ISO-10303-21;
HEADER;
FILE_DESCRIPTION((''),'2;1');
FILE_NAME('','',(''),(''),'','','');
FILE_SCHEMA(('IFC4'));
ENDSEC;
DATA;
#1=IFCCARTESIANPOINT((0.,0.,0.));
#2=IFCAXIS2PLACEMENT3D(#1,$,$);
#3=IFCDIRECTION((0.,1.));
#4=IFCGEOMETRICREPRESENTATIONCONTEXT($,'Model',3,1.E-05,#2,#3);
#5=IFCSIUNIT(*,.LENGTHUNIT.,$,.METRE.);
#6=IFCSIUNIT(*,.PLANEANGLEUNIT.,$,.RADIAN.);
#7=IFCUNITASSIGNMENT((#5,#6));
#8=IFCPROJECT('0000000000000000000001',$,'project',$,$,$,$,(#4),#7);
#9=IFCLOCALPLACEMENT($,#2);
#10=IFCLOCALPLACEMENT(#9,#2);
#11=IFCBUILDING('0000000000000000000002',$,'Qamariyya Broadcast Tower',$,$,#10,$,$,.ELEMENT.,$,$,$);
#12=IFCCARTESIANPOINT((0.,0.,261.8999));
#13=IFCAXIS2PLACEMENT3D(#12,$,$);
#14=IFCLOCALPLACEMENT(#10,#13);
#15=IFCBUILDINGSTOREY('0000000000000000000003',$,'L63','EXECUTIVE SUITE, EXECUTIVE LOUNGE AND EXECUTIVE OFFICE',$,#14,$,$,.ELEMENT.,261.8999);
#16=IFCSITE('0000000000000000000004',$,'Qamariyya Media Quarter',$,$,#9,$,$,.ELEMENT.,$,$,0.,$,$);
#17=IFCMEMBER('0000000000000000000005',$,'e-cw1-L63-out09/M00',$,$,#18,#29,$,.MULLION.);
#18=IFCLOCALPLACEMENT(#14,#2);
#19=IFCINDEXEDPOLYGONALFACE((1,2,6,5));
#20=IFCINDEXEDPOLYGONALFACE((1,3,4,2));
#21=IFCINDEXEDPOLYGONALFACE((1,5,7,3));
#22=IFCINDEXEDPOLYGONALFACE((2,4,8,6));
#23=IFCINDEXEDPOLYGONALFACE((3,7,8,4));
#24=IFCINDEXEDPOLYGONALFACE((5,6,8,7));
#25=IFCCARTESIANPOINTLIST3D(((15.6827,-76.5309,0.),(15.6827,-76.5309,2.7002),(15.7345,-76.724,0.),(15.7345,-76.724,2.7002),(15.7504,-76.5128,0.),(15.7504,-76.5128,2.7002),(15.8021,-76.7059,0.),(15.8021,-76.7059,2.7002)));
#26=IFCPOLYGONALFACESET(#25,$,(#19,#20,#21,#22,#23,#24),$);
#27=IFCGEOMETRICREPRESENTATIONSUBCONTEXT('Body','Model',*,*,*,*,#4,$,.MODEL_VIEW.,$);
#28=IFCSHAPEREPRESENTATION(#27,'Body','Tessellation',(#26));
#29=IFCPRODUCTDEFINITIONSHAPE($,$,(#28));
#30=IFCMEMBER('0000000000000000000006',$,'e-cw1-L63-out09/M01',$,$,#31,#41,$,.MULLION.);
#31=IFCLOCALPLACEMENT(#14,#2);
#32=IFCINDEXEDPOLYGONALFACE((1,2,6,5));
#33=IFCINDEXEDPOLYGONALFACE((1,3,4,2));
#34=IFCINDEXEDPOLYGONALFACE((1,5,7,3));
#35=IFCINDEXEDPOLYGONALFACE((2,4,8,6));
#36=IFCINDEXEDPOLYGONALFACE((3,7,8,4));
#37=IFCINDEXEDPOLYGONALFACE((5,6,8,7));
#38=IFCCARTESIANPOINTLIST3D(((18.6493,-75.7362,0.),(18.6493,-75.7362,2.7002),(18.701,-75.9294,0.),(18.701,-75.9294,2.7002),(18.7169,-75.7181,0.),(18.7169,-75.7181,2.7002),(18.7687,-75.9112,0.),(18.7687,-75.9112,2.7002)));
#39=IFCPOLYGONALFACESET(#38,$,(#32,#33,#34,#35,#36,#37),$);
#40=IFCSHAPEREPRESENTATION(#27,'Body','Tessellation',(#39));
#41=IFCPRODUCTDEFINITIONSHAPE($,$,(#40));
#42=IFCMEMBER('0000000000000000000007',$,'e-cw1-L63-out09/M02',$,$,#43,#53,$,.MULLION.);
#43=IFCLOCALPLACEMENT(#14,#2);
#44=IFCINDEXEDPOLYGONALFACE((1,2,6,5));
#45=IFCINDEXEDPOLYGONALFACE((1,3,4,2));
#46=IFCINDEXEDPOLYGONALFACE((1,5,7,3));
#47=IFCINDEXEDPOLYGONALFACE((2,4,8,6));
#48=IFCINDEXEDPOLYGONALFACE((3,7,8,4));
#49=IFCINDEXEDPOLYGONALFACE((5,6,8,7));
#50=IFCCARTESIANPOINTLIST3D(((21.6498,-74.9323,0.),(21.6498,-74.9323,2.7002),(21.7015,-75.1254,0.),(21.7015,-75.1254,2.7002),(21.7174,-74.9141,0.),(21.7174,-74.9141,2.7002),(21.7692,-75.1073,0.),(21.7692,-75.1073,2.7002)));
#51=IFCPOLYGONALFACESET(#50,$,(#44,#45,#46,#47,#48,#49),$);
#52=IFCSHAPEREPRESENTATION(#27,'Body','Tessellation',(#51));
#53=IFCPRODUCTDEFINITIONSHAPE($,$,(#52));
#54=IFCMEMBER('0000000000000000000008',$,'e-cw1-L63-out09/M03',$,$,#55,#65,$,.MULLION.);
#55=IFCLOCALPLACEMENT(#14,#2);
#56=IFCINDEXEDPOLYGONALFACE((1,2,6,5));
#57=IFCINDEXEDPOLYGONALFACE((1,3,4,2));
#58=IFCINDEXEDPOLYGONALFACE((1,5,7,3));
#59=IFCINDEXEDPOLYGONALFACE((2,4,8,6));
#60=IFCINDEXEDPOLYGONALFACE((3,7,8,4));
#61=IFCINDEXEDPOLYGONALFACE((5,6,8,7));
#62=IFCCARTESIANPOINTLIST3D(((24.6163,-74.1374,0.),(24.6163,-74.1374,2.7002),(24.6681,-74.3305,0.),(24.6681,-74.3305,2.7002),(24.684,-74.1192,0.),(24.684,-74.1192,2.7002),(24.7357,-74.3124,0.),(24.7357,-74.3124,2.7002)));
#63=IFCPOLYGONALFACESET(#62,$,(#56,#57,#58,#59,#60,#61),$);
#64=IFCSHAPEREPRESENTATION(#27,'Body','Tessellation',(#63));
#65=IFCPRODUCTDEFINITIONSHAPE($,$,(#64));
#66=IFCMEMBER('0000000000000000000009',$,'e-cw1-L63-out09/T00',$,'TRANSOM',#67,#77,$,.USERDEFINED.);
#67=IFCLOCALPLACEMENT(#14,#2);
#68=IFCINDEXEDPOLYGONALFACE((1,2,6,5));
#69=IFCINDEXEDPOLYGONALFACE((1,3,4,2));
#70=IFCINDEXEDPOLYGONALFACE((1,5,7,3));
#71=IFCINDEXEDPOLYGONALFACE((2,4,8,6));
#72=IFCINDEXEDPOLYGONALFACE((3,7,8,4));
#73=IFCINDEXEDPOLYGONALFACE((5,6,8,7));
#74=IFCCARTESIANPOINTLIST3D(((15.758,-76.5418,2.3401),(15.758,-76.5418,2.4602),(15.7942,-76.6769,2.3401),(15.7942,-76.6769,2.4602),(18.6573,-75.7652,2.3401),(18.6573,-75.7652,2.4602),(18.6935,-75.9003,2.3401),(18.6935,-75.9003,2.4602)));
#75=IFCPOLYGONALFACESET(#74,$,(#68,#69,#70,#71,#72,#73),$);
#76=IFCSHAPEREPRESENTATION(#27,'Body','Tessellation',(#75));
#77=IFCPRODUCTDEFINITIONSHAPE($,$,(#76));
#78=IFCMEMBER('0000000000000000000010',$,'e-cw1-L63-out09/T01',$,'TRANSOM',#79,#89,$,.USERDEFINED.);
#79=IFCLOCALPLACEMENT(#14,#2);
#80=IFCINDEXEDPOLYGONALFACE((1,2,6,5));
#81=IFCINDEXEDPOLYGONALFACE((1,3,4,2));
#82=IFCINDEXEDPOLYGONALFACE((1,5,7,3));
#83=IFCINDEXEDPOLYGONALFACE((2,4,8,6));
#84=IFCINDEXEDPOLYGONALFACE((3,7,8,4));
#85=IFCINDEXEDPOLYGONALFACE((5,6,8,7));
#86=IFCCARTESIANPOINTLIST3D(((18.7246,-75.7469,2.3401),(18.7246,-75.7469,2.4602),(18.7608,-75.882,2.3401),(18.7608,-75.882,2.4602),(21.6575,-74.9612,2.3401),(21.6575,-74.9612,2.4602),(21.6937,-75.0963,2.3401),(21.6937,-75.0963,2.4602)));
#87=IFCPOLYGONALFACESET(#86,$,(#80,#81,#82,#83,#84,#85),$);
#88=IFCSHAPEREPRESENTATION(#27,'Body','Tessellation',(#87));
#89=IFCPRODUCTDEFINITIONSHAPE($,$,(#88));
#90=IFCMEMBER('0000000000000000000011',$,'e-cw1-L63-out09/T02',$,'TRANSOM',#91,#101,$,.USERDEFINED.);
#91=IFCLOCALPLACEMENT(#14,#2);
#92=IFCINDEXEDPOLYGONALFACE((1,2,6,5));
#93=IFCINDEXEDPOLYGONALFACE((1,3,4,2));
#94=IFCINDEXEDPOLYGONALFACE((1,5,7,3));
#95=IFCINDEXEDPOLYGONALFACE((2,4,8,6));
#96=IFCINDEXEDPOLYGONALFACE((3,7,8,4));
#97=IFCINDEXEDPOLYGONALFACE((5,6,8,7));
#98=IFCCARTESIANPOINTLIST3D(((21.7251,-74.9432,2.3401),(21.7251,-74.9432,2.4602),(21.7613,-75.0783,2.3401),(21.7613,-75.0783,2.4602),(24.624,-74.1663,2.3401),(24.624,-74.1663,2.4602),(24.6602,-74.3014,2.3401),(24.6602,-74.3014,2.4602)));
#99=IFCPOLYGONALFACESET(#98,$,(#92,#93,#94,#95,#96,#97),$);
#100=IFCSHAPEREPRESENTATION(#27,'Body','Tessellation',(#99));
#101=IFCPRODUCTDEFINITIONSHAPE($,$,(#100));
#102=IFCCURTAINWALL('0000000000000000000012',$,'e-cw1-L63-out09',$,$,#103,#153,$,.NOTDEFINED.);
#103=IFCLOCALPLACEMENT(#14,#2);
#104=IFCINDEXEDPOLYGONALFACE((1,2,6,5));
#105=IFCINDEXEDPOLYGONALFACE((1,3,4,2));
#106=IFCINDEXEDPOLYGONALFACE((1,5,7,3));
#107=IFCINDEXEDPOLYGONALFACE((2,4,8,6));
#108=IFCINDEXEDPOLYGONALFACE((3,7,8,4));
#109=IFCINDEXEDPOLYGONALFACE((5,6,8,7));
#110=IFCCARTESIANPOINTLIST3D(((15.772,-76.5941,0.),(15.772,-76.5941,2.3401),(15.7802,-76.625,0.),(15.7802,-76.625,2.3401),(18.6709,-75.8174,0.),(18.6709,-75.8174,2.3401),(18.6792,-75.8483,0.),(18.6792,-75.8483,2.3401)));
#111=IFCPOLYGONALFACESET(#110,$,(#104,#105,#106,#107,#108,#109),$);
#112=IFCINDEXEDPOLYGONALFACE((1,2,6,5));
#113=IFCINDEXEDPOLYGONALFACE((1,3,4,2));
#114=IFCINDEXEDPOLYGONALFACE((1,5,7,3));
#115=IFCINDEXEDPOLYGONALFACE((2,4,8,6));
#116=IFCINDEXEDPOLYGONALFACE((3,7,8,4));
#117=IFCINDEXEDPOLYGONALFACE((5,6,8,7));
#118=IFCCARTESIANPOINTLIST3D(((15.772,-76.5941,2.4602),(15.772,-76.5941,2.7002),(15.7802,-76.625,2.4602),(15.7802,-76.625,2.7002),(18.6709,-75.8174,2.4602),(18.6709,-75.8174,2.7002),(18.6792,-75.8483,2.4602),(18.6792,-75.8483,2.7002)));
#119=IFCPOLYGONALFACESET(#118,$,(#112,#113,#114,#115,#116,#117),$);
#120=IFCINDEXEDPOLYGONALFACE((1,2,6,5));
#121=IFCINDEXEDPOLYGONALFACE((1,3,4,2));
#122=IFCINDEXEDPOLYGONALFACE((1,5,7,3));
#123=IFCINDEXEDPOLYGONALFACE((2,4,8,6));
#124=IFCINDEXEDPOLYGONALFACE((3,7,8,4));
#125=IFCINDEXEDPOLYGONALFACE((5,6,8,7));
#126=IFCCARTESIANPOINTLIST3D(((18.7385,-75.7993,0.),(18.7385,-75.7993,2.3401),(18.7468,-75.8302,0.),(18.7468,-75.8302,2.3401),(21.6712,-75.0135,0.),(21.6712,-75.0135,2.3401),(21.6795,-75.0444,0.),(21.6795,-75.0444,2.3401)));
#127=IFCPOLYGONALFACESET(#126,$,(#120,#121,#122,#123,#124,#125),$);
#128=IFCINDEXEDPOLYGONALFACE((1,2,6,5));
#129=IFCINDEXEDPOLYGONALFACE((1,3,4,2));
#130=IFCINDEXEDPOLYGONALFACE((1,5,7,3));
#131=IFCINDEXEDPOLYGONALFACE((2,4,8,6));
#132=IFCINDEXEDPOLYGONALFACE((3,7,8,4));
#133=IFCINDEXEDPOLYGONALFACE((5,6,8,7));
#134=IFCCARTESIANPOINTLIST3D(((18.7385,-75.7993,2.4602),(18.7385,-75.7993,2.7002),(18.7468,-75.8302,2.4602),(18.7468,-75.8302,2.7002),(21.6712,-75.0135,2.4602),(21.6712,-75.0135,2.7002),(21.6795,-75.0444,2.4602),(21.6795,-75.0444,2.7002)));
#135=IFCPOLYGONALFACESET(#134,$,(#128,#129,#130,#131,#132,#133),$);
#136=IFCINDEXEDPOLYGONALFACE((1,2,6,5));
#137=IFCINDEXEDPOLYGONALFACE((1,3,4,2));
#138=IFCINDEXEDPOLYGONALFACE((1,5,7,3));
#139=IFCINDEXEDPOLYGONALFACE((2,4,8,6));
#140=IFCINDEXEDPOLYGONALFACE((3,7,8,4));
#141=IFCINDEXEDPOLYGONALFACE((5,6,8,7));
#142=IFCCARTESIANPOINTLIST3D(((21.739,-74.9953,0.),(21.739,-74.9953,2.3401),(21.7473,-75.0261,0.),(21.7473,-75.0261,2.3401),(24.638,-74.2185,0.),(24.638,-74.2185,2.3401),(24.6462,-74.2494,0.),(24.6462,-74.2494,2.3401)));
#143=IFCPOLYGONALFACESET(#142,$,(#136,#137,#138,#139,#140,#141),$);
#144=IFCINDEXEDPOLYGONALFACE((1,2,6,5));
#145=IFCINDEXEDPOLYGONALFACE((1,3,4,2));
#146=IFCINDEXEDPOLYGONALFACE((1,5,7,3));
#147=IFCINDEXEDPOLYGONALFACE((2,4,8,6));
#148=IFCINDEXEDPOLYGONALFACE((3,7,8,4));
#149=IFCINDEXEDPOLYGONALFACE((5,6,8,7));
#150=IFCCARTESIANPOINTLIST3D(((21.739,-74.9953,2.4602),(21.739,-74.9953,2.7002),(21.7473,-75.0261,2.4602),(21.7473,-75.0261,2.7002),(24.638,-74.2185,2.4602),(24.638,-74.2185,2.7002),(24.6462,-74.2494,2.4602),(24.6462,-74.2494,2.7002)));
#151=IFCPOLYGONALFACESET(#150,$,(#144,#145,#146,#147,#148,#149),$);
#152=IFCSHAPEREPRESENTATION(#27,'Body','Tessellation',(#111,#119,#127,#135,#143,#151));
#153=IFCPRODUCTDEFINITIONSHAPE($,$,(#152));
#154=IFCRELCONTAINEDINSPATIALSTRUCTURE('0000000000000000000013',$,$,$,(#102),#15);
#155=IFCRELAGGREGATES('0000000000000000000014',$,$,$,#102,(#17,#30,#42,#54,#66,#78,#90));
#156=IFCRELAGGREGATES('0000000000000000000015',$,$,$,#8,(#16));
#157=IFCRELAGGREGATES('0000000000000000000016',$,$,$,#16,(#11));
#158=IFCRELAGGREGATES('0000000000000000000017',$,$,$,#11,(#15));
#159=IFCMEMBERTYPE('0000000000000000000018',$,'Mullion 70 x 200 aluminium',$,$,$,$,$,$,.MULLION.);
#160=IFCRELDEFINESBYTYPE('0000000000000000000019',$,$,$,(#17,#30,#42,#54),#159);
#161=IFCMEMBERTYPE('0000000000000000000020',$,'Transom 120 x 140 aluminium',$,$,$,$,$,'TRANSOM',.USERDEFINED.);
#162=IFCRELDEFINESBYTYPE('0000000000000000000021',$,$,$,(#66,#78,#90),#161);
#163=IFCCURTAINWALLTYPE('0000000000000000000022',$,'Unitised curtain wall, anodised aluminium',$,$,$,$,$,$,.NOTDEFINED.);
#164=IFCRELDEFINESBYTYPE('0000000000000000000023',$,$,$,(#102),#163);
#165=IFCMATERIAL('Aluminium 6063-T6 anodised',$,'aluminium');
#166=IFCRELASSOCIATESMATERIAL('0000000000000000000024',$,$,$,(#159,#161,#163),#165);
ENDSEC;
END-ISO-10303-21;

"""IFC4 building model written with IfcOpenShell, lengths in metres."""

from ifc_helpers import new_model, si_unit, direction, frame, origin, origin_2d, place, context, subcontext, project, spatial, rectangle, extrude, material, material_profile, profile_set, type_object, element, aggregate, save


model = new_model("IFC4")

# Units and contexts
model_context = context("Model", 3, precision=1e-05, world=origin(), true_north=direction((0.0, 1.0)))
body_context = subcontext(model_context, "Body", "Model", "MODEL_VIEW")
ifc_project = project(units=[si_unit("LENGTHUNIT", "METRE"), si_unit("PLANEANGLEUNIT", "RADIAN")], contexts=[model_context])

# Site, building, storey
site_placement = place(None, origin())
site = spatial("IfcSite", under=ifc_project, at=site_placement, Name="Qamariyya Media Quarter", CompositionType="ELEMENT", RefElevation=0.0)
building_placement = place(site_placement, origin())
building = spatial("IfcBuilding", under=site, at=building_placement, Name="Qamariyya Broadcast Tower", CompositionType="ELEMENT")
storey_placement = place(building_placement, frame((0.0, 0.0, 261.8999)))
storey = spatial("IfcBuildingStorey", under=building, at=storey_placement, Name="L63", Description="EXECUTIVE SUITE, EXECUTIVE LOUNGE AND EXECUTIVE OFFICE", CompositionType="ELEMENT", Elevation=261.8999)

# Members
ifc_material_1 = material(Name="Aluminium 6063-T6 anodised", Category="aluminium")
ifc_material_profile_1 = material_profile(ifc_material_1, rectangle(XDim=0.2, YDim=0.0701, at=origin_2d()))
ifc_profile_set_1 = profile_set([ifc_material_profile_1], Name="Aluminium 6063-T6 anodised")
member_type_1 = type_object("IfcMemberType", Name="Mullion 70 x 200 aluminium", PredefinedType="MULLION", material=ifc_profile_set_1)
member_1_placement = place(storey_placement, frame((15.7424, -76.6184, 0.0), z_axis=(0.0, 0.0, 1.0), x_axis=(-0.258819, 0.965926, 0.0)))
member_1 = element("IfcMember", 1, at=member_1_placement, type_object=member_type_1, Name="e-cw1-L63-out09/M00", PredefinedType="MULLION", context=body_context, shape_type="SweptSolid", body=[
    extrude(rectangle(XDim=0.2, YDim=0.0701, at=origin_2d()), origin(), (0.0, 0.0, 1.0), 2.7002),
])
member_2_placement = place(storey_placement, frame((18.709, -75.8237, 0.0), z_axis=(0.0, 0.0, 1.0), x_axis=(-0.258819, 0.965926, 0.0)))
member_2 = element("IfcMember", 2, at=member_2_placement, type_object=member_type_1, Name="e-cw1-L63-out09/M01", PredefinedType="MULLION", context=body_context, shape_type="SweptSolid", body=[
    extrude(rectangle(XDim=0.2, YDim=0.0701, at=origin_2d()), origin(), (0.0, 0.0, 1.0), 2.7002),
])
member_3_placement = place(storey_placement, frame((21.7095, -75.0198, 0.0), z_axis=(0.0, 0.0, 1.0), x_axis=(-0.258819, 0.965926, 0.0)))
member_3 = element("IfcMember", 3, at=member_3_placement, type_object=member_type_1, Name="e-cw1-L63-out09/M02", PredefinedType="MULLION", context=body_context, shape_type="SweptSolid", body=[
    extrude(rectangle(XDim=0.2, YDim=0.0701, at=origin_2d()), origin(), (0.0, 0.0, 1.0), 2.7002),
])
member_4_placement = place(storey_placement, frame((24.676, -74.2249, 0.0), z_axis=(0.0, 0.0, 1.0), x_axis=(-0.258819, 0.965926, 0.0)))
member_4 = element("IfcMember", 4, at=member_4_placement, type_object=member_type_1, Name="e-cw1-L63-out09/M03", PredefinedType="MULLION", context=body_context, shape_type="SweptSolid", body=[
    extrude(rectangle(XDim=0.2, YDim=0.0701, at=origin_2d()), origin(), (0.0, 0.0, 1.0), 2.7002),
])

# Members
ifc_material_profile_2 = material_profile(ifc_material_1, rectangle(XDim=0.1399, YDim=0.1201, at=origin_2d()))
ifc_profile_set_2 = profile_set([ifc_material_profile_2], Name="Aluminium 6063-T6 anodised")
member_type_2 = type_object("IfcMemberType", Name="Transom 120 x 140 aluminium", ElementType="TRANSOM", PredefinedType="USERDEFINED", material=ifc_profile_set_2)
member_5_placement = place(storey_placement, frame((15.7761, -76.6094, 2.4001), z_axis=(0.965944, 0.258751, 0.0), x_axis=(-0.258751, 0.965944, 0.0)))
member_5 = element("IfcMember", 5, at=member_5_placement, type_object=member_type_2, Name="e-cw1-L63-out09/T00", ObjectType="TRANSOM", PredefinedType="USERDEFINED", context=body_context, shape_type="SweptSolid", body=[
    extrude(rectangle(XDim=0.1399, YDim=0.1201, at=origin_2d()), origin(), (0.0, 0.0, 1.0), 3.0015),
])
member_6_placement = place(storey_placement, frame((18.7427, -75.8145, 2.4001), z_axis=(0.965943, 0.258754, 0.0), x_axis=(-0.258754, 0.965943, 0.0)))
member_6 = element("IfcMember", 6, at=member_6_placement, type_object=member_type_2, Name="e-cw1-L63-out09/T01", ObjectType="TRANSOM", PredefinedType="USERDEFINED", context=body_context, shape_type="SweptSolid", body=[
    extrude(rectangle(XDim=0.1399, YDim=0.1201, at=origin_2d()), origin(), (0.0, 0.0, 1.0), 3.0364),
])
member_7_placement = place(storey_placement, frame((21.7432, -75.0107, 2.4001), z_axis=(0.965918, 0.258847, 0.0), x_axis=(-0.258847, 0.965918, 0.0)))
member_7 = element("IfcMember", 7, at=member_7_placement, type_object=member_type_2, Name="e-cw1-L63-out09/T02", ObjectType="TRANSOM", PredefinedType="USERDEFINED", context=body_context, shape_type="SweptSolid", body=[
    extrude(rectangle(XDim=0.1399, YDim=0.1201, at=origin_2d()), origin(), (0.0, 0.0, 1.0), 3.0012),
])

# Curtain wall
curtain_wall_type = type_object("IfcCurtainWallType", Name="Unitised curtain wall, anodised aluminium", PredefinedType="NOTDEFINED", material=ifc_material_1)
curtain_wall_1_placement = place(storey_placement, origin())
curtain_wall_1 = element("IfcCurtainWall", 8, at=curtain_wall_1_placement, inside=storey, type_object=curtain_wall_type, Name="e-cw1-L63-out09", PredefinedType="NOTDEFINED", context=body_context, shape_type="SweptSolid", body=[
    extrude(rectangle(XDim=3.0012, YDim=0.032, at=origin_2d()), frame((17.2256, -76.2212, 0.0), x_axis=(0.965926, 0.258819, 0.0)), (0.0, 0.0, 1.0), 2.3401),
    extrude(rectangle(XDim=3.0012, YDim=0.032, at=origin_2d()), frame((17.2256, -76.2212, 2.4602), x_axis=(0.965926, 0.258819, 0.0)), (0.0, 0.0, 1.0), 0.24),
    extrude(rectangle(XDim=3.0361, YDim=0.032, at=origin_2d()), frame((20.209, -75.4219, 0.0), x_axis=(0.965926, 0.258819, 0.0)), (0.0, 0.0, 1.0), 2.3401),
    extrude(rectangle(XDim=3.0361, YDim=0.032, at=origin_2d()), frame((20.209, -75.4219, 2.4602), x_axis=(0.965926, 0.258819, 0.0)), (0.0, 0.0, 1.0), 0.24),
    extrude(rectangle(XDim=3.0012, YDim=0.032, at=origin_2d()), frame((23.1926, -74.6223, 0.0), x_axis=(0.965926, 0.258819, 0.0)), (0.0, 0.0, 1.0), 2.3401),
    extrude(rectangle(XDim=3.0012, YDim=0.032, at=origin_2d()), frame((23.1926, -74.6223, 2.4602), x_axis=(0.965926, 0.258819, 0.0)), (0.0, 0.0, 1.0), 0.24),
])
aggregate(curtain_wall_1, [member_1, member_2, member_3, member_4, member_5, member_6, member_7])

save(model, "model.ifc")
